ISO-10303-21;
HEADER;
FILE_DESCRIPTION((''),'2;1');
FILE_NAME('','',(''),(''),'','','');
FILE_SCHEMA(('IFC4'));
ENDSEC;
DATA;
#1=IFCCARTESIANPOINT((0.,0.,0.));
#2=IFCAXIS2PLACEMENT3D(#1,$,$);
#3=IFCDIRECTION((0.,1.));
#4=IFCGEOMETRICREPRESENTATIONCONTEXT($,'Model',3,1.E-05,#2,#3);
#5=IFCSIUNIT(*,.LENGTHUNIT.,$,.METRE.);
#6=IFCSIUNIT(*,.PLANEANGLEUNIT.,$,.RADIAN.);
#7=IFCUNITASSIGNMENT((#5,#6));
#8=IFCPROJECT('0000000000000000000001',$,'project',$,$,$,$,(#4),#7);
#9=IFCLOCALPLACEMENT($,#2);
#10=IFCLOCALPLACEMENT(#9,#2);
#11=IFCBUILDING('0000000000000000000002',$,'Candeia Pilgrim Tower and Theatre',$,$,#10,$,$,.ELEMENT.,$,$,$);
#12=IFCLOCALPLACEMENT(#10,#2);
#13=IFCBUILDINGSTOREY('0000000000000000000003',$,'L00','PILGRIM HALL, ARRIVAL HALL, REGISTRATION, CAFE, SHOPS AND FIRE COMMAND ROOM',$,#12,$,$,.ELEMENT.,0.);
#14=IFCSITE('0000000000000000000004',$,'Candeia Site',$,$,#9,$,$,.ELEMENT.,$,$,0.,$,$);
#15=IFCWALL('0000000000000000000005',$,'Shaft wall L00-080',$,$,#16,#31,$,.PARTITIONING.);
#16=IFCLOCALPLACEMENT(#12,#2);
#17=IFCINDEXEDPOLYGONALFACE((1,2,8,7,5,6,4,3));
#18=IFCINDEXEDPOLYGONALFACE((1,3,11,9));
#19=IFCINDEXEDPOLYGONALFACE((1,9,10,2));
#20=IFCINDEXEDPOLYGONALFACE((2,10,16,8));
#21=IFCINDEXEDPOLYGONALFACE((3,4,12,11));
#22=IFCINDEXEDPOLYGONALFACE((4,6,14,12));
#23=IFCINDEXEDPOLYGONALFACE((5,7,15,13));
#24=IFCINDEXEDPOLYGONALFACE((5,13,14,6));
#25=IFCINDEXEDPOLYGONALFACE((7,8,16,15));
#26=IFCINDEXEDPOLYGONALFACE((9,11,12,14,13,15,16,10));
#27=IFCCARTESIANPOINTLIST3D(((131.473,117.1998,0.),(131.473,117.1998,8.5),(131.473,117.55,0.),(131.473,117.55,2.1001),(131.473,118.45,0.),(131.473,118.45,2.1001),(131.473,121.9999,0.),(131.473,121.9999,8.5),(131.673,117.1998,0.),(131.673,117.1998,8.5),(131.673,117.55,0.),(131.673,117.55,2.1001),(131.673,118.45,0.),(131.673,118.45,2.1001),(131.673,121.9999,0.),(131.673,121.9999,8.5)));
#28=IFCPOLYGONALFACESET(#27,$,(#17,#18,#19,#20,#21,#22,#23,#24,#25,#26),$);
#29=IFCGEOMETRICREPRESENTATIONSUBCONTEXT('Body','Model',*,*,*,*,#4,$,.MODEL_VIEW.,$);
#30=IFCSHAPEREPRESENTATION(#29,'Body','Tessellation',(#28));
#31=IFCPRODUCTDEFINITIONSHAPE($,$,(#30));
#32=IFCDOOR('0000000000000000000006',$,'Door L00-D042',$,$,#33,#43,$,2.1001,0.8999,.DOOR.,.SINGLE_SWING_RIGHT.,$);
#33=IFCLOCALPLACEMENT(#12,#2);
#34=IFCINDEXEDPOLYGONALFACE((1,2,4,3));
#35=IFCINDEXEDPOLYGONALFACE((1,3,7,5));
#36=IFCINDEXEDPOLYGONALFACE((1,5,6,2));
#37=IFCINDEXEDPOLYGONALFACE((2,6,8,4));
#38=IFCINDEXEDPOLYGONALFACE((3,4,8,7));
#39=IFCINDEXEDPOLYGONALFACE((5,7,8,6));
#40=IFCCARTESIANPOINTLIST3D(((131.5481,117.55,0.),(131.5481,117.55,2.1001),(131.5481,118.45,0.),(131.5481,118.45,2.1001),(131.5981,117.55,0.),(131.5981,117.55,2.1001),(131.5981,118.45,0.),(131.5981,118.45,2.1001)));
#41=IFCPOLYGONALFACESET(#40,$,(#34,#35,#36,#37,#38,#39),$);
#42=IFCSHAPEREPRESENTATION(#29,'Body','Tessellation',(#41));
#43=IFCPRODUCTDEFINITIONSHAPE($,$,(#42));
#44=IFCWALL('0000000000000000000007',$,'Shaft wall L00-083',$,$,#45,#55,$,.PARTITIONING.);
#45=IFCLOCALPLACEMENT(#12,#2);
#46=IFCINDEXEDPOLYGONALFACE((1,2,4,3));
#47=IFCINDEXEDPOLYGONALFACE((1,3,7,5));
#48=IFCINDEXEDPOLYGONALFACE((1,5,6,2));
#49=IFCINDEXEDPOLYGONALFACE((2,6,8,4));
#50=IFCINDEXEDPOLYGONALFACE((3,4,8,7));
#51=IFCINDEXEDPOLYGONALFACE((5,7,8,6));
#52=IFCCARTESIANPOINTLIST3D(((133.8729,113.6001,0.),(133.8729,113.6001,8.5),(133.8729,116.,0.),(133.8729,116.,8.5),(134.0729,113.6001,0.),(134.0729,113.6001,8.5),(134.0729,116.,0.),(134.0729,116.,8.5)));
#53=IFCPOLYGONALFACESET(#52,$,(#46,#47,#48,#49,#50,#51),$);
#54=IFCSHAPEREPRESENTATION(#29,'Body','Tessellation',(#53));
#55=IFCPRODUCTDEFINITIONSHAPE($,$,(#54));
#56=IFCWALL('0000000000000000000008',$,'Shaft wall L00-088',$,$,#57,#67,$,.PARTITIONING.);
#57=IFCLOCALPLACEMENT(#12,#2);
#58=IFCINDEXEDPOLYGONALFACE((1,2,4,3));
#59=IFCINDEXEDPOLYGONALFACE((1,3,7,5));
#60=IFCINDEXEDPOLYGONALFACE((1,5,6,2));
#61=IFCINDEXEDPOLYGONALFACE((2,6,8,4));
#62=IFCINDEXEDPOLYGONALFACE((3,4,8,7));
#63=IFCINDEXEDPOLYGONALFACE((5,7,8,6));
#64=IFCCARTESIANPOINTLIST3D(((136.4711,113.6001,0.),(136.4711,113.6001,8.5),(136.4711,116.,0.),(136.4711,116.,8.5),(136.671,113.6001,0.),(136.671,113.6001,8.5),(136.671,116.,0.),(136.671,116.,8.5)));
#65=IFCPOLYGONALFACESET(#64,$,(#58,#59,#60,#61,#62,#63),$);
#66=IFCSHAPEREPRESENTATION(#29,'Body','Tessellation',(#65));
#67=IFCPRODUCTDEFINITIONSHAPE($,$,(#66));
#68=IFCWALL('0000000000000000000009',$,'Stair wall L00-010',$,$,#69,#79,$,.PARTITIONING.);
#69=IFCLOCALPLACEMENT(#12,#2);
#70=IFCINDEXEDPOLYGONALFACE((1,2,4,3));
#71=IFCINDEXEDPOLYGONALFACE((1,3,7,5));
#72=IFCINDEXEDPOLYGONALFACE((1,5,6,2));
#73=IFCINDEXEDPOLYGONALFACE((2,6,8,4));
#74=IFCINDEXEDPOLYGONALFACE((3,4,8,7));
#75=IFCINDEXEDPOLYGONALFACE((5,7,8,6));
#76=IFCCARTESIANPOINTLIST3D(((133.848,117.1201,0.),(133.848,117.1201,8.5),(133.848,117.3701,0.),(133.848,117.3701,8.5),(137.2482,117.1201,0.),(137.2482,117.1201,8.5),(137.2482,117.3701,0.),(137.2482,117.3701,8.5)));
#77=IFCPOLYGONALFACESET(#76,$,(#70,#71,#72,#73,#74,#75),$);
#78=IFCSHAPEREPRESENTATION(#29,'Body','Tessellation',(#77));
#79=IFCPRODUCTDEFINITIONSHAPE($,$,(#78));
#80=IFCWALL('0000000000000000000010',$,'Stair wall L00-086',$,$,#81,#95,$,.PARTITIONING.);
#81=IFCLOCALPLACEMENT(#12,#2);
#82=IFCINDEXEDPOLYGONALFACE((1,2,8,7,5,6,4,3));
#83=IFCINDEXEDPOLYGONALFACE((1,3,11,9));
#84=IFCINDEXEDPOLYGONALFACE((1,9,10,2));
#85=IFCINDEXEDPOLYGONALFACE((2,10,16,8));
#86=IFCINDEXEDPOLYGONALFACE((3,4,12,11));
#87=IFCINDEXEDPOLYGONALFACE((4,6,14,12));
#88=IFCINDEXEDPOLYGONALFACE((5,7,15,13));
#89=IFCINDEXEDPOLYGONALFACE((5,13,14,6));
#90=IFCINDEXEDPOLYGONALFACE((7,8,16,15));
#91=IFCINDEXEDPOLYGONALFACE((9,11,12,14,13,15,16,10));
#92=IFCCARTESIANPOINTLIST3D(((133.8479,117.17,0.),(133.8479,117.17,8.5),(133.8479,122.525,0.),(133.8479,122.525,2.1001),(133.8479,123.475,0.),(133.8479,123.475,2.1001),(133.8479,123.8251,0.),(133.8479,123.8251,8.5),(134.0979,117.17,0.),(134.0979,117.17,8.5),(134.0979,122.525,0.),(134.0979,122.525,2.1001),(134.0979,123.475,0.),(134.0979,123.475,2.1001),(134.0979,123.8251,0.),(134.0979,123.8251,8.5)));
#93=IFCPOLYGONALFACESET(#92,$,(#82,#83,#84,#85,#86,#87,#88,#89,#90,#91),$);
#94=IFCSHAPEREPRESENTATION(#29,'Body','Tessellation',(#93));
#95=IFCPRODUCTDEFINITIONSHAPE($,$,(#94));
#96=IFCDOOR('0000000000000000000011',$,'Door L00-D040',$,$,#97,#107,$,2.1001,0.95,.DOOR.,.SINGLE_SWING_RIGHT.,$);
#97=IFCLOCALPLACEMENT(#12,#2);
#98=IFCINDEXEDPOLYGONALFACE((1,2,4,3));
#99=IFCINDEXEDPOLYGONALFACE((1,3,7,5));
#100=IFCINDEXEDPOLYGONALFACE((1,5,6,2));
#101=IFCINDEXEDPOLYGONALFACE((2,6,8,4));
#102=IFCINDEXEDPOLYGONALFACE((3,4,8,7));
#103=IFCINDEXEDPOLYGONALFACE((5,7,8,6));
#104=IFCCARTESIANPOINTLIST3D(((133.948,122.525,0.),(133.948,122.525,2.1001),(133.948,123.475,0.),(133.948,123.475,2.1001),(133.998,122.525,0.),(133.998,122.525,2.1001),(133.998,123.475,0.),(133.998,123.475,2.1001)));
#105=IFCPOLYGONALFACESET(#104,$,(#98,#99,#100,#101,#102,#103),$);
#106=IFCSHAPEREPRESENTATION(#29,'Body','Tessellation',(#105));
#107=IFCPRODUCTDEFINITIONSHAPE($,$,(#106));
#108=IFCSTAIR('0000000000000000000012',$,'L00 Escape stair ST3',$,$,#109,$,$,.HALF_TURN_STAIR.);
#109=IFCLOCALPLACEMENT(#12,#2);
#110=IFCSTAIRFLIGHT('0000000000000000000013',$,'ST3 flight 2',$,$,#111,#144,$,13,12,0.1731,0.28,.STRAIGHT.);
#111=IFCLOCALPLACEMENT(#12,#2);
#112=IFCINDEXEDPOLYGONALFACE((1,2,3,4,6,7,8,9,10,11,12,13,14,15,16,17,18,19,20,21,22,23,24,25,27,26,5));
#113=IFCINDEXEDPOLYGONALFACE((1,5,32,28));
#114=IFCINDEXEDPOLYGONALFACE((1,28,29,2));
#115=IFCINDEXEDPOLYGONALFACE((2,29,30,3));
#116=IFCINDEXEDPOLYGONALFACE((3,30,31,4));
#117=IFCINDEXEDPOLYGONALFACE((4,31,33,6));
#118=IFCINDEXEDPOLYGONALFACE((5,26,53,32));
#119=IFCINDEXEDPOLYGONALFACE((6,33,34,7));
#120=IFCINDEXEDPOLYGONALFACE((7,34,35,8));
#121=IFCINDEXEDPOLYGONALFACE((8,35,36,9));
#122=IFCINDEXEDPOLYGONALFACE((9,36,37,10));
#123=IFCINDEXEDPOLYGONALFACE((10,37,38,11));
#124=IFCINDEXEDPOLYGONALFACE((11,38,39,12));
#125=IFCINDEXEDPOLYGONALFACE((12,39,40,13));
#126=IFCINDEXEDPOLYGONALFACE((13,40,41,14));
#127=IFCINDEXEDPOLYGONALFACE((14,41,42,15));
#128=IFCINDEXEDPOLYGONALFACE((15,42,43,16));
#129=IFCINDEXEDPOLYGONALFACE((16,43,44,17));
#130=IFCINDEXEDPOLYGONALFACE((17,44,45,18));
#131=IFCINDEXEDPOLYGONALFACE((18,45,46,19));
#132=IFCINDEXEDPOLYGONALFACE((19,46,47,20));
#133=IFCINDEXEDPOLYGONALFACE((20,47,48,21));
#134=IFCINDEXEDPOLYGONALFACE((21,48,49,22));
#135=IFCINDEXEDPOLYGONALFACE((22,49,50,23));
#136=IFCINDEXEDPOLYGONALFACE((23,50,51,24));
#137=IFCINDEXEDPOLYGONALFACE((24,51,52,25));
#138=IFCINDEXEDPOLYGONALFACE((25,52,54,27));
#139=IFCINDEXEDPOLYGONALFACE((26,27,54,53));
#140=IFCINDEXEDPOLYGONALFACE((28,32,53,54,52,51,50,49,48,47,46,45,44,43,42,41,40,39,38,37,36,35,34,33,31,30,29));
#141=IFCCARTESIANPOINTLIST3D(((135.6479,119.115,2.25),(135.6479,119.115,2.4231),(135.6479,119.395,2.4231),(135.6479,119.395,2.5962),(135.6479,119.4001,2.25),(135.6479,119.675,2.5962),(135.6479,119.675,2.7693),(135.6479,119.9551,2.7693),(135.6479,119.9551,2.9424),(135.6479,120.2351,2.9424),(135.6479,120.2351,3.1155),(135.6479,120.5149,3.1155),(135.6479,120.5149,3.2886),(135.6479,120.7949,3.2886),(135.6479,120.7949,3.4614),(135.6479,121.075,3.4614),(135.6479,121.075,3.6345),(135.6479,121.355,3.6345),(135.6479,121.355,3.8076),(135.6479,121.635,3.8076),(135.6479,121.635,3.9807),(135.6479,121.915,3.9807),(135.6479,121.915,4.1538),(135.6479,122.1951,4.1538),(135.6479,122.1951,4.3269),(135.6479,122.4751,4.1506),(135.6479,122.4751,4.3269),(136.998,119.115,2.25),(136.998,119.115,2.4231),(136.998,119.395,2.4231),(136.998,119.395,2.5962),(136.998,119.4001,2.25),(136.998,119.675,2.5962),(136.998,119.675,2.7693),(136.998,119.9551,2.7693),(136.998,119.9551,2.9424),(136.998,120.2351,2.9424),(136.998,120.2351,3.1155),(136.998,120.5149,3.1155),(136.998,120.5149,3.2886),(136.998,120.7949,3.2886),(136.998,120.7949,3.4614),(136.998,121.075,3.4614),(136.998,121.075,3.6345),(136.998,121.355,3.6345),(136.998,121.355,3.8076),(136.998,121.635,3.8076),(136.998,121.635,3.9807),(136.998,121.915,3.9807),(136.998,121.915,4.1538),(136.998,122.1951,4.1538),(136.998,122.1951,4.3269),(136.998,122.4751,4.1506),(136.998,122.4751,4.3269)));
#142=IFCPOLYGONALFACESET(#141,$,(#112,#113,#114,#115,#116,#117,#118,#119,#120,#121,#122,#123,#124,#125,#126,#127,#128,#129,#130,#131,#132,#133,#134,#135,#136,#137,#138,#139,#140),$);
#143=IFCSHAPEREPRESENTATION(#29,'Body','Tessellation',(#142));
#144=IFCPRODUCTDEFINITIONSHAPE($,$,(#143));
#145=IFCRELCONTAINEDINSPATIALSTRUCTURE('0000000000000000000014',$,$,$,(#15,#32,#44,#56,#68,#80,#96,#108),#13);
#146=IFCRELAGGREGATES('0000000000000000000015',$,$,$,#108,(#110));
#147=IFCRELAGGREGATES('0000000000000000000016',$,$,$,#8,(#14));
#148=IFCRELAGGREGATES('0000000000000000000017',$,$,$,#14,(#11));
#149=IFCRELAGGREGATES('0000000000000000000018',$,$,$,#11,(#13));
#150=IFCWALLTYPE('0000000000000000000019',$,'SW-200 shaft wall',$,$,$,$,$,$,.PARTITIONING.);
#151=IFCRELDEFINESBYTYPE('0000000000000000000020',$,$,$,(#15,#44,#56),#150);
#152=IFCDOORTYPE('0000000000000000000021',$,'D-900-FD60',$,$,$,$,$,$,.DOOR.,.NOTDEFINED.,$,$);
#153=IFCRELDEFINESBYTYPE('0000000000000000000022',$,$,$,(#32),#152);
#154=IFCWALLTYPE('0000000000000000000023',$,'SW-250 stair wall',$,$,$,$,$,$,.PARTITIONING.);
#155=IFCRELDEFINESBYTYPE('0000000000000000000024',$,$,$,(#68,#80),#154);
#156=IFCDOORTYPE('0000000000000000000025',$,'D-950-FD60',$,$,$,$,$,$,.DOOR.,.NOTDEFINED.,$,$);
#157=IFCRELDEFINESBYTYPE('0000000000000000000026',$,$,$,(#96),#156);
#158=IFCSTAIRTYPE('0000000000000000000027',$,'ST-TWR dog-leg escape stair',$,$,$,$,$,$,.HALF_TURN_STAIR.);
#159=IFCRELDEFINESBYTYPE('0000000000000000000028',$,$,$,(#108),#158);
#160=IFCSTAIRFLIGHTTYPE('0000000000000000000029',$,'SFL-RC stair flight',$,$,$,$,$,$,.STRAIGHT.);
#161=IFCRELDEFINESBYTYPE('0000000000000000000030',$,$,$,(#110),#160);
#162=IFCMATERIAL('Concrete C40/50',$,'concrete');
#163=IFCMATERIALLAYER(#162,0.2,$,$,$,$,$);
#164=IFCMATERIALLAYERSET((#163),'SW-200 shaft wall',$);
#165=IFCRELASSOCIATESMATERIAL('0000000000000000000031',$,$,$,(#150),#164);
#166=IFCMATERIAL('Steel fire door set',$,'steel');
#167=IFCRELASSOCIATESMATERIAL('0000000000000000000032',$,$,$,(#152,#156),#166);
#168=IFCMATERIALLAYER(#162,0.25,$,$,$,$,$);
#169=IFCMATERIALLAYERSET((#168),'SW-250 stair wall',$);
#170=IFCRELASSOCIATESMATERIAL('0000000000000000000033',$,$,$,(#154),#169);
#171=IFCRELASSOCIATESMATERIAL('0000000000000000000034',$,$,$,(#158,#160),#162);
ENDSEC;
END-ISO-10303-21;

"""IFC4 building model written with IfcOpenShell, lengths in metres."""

from ifc_helpers import new_model, si_unit, direction, frame, frame_2d, origin, place, context, subcontext, project, spatial, polyline, rectangle, outline, extrude, material, layer, layer_set, type_object, element, fill, aggregate, save


model = new_model("IFC4")

# Units and contexts
model_context = context("Model", 3, precision=1e-05, world=origin(), true_north=direction((0.0, 1.0)))
body_context = subcontext(model_context, "Body", "Model", "MODEL_VIEW")
ifc_project = project(units=[si_unit("LENGTHUNIT", "METRE"), si_unit("PLANEANGLEUNIT", "RADIAN")], contexts=[model_context])

# Site, building, storey
site_placement = place(None, origin())
site = spatial("IfcSite", under=ifc_project, at=site_placement, Name="Candeia Site", CompositionType="ELEMENT", RefElevation=0.0)
building_placement = place(site_placement, origin())
building = spatial("IfcBuilding", under=site, at=building_placement, Name="Candeia Pilgrim Tower and Theatre", CompositionType="ELEMENT")
storey_placement = place(building_placement, origin())
storey = spatial("IfcBuildingStorey", under=building, at=storey_placement, Name="L00", Description="PILGRIM HALL, ARRIVAL HALL, REGISTRATION, CAFE, SHOPS AND FIRE COMMAND ROOM", CompositionType="ELEMENT", Elevation=0.0)

# Shared definitions
ifc_material_1 = material(Name="Concrete C40/50", Category="concrete")

# Shared definitions
ifc_layer_1 = layer(ifc_material_1, 0.2)
ifc_layer_set_1 = layer_set([ifc_layer_1], Name="SW-200 shaft wall")
wall_type_1 = type_object("IfcWallType", Name="SW-200 shaft wall", PredefinedType="PARTITIONING", material=ifc_layer_set_1)
ifc_material_2 = material(Name="Steel fire door set", Category="steel")
door_type_1 = type_object("IfcDoorType", Name="D-900-FD60", OperationType="NOTDEFINED", PredefinedType="DOOR", material=ifc_material_2)

# Wall, opening, door
wall_1_placement = place(storey_placement, frame((131.573, 117.2, 0.0), z_axis=(0.0, 0.0, 1.0), x_axis=(0.0, 1.0, 0.0)))
wall_1 = element("IfcWall", 1, at=wall_1_placement, inside=storey, type_object=wall_type_1, Name="Shaft wall L00-080", PredefinedType="PARTITIONING", context=body_context, shape_type="SweptSolid", body=[
    extrude(rectangle(XDim=4.8, YDim=0.2, at=frame_2d((2.3999, 0.0))), origin(), (0.0, 0.0, 1.0), 8.5),
])
opening_1_placement = place(wall_1_placement, frame((0.3501, 0.0, 0.0)))
opening_1 = element("IfcOpeningElement", 2, at=opening_1_placement, cuts=wall_1, PredefinedType="OPENING", context=body_context, shape_type="SweptSolid", body=[
    extrude(rectangle(XDim=0.8999, YDim=2.1001, at=frame_2d((0.45, 1.05))), frame((0.0, 0.1099, 0.0), z_axis=(0.0, -1.0, 0.0), x_axis=(1.0, 0.0, 0.0)), (0.0, 0.0, 1.0), 0.22),
])
door_1_placement = place(opening_1_placement, origin())
door_1 = element("IfcDoor", 3, at=door_1_placement, inside=storey, type_object=door_type_1, Name="Door L00-D042", OperationType="SINGLE_SWING_RIGHT", OverallHeight=2.1001, OverallWidth=0.8999, PredefinedType="DOOR", context=body_context, shape_type="SweptSolid", body=[
    extrude(rectangle(XDim=0.8999, YDim=2.1001, at=frame_2d((0.45, 1.05))), frame((0.0, 0.0249, 0.0), z_axis=(0.0, -1.0, 0.0), x_axis=(1.0, 0.0, 0.0)), (0.0, 0.0, 1.0), 0.05),
])
fill(opening_1, door_1)

# Walls
for number, where, z_axis, x_axis, name in (
    (4, (133.9729, 113.6001, 0.0), (0.0, 0.0, 1.0), (0.0, 1.0, 0.0), "Shaft wall L00-083"),
    (5, (136.571, 113.6001, 0.0), (0.0, 0.0, 1.0), (0.0, 1.0, 0.0), "Shaft wall L00-088"),
):
    element("IfcWall", number, at=place(storey_placement, frame(where, z_axis=z_axis, x_axis=x_axis)), inside=storey, type_object=wall_type_1, Name=name, PredefinedType="PARTITIONING", context=body_context, shape_type="SweptSolid", body=[
        extrude(rectangle(XDim=2.3999, YDim=0.2, at=frame_2d((1.2, 0.0))), origin(), (0.0, 0.0, 1.0), 8.5),
    ])
ifc_layer_2 = layer(ifc_material_1, 0.25)
ifc_layer_set_2 = layer_set([ifc_layer_2], Name="SW-250 stair wall")
wall_type_2 = type_object("IfcWallType", Name="SW-250 stair wall", PredefinedType="PARTITIONING", material=ifc_layer_set_2)
wall_2_placement = place(storey_placement, frame((133.8479, 117.2451, 0.0), z_axis=(0.0, 0.0, 1.0), x_axis=(1.0, 0.0, 0.0)))
element("IfcWall", 6, at=wall_2_placement, inside=storey, type_object=wall_type_2, Name="Stair wall L00-010", PredefinedType="PARTITIONING", context=body_context, shape_type="SweptSolid", body=[
    extrude(rectangle(XDim=3.4001, YDim=0.25, at=frame_2d((1.7002, 0.0))), origin(), (0.0, 0.0, 1.0), 8.5),
])

# Wall, opening, door
wall_3_placement = place(storey_placement, frame((133.9729, 117.1699, 0.0), z_axis=(0.0, 0.0, 1.0), x_axis=(0.0, 1.0, 0.0)))
wall_3 = element("IfcWall", 7, at=wall_3_placement, inside=storey, type_object=wall_type_2, Name="Stair wall L00-086", PredefinedType="PARTITIONING", context=body_context, shape_type="SweptSolid", body=[
    extrude(rectangle(XDim=6.655, YDim=0.25, at=frame_2d((3.3276, 0.0))), origin(), (0.0, 0.0, 1.0), 8.5),
])
opening_2_placement = place(wall_3_placement, frame((5.355, 0.0, 0.0)))
opening_2 = element("IfcOpeningElement", 8, at=opening_2_placement, cuts=wall_3, PredefinedType="OPENING", context=body_context, shape_type="SweptSolid", body=[
    extrude(rectangle(XDim=0.95, YDim=2.1001, at=frame_2d((0.4751, 1.05))), frame((0.0, 0.135, 0.0), z_axis=(0.0, -1.0, 0.0), x_axis=(1.0, 0.0, 0.0)), (0.0, 0.0, 1.0), 0.27),
])
door_type_2 = type_object("IfcDoorType", Name="D-950-FD60", OperationType="NOTDEFINED", PredefinedType="DOOR", material=ifc_material_2)
door_2_placement = place(opening_2_placement, origin())
door_2 = element("IfcDoor", 9, at=door_2_placement, inside=storey, type_object=door_type_2, Name="Door L00-D040", OperationType="SINGLE_SWING_RIGHT", OverallHeight=2.1001, OverallWidth=0.95, PredefinedType="DOOR", context=body_context, shape_type="SweptSolid", body=[
    extrude(rectangle(XDim=0.95, YDim=2.1001, at=frame_2d((0.4751, 1.05))), frame((0.0, 0.0249, 0.0), z_axis=(0.0, -1.0, 0.0), x_axis=(1.0, 0.0, 0.0)), (0.0, 0.0, 1.0), 0.05),
])
fill(opening_2, door_2)

# Stair, stair flight
stair_type = type_object("IfcStairType", Name="ST-TWR dog-leg escape stair", PredefinedType="HALF_TURN_STAIR", material=ifc_material_1)
stair_placement = place(storey_placement, origin())
stair = element("IfcStair", 10, at=stair_placement, inside=storey, type_object=stair_type, Name="L00 Escape stair ST3", PredefinedType="HALF_TURN_STAIR")
stair_flight_type = type_object("IfcStairFlightType", Name="SFL-RC stair flight", PredefinedType="STRAIGHT", material=ifc_material_1)
stair_flight_placement = place(storey_placement, frame((136.323, 119.115, 2.25), z_axis=(0.0, 0.0, 1.0), x_axis=(0.0, 1.0, 0.0)))
stair_flight = element("IfcStairFlight", 11, at=stair_flight_placement, type_object=stair_flight_type, Name="ST3 flight 2", NumberOfRisers=13, NumberOfTreads=12, PredefinedType="STRAIGHT", RiserHeight=0.1731, TreadLength=0.28, context=body_context, shape_type="SweptSolid", body=[
    extrude(outline(polyline([(0.0, 0.0), (0.0, 0.1731), (0.28, 0.1731), (0.28, 0.3462), (0.5601, 0.3462), (0.5601, 0.5193), (0.8401, 0.5193), (0.8401, 0.6924), (1.1201, 0.6924), (1.1201, 0.8655), (1.3999, 0.8655), (1.3999, 1.0386), (1.6799, 1.0386), (1.6799, 1.2114), (1.96, 1.2114), (1.96, 1.3845), (2.24, 1.3845), (2.24, 1.5576), (2.52, 1.5576), (2.52, 1.7307), (2.8, 1.7307), (2.8, 1.9038), (3.0801, 1.9038), (3.0801, 2.0769), (3.3601, 2.0769), (3.3601, 2.25), (3.3601, 1.9006), (0.2852, 0.0), (0.0, 0.0)])), frame((0.0, 0.675, 0.0), z_axis=(0.0, -1.0, 0.0), x_axis=(1.0, 0.0, 0.0)), (0.0, 0.0, 1.0), 1.3501),
])
aggregate(stair, [stair_flight])

save(model, "model.ifc")
